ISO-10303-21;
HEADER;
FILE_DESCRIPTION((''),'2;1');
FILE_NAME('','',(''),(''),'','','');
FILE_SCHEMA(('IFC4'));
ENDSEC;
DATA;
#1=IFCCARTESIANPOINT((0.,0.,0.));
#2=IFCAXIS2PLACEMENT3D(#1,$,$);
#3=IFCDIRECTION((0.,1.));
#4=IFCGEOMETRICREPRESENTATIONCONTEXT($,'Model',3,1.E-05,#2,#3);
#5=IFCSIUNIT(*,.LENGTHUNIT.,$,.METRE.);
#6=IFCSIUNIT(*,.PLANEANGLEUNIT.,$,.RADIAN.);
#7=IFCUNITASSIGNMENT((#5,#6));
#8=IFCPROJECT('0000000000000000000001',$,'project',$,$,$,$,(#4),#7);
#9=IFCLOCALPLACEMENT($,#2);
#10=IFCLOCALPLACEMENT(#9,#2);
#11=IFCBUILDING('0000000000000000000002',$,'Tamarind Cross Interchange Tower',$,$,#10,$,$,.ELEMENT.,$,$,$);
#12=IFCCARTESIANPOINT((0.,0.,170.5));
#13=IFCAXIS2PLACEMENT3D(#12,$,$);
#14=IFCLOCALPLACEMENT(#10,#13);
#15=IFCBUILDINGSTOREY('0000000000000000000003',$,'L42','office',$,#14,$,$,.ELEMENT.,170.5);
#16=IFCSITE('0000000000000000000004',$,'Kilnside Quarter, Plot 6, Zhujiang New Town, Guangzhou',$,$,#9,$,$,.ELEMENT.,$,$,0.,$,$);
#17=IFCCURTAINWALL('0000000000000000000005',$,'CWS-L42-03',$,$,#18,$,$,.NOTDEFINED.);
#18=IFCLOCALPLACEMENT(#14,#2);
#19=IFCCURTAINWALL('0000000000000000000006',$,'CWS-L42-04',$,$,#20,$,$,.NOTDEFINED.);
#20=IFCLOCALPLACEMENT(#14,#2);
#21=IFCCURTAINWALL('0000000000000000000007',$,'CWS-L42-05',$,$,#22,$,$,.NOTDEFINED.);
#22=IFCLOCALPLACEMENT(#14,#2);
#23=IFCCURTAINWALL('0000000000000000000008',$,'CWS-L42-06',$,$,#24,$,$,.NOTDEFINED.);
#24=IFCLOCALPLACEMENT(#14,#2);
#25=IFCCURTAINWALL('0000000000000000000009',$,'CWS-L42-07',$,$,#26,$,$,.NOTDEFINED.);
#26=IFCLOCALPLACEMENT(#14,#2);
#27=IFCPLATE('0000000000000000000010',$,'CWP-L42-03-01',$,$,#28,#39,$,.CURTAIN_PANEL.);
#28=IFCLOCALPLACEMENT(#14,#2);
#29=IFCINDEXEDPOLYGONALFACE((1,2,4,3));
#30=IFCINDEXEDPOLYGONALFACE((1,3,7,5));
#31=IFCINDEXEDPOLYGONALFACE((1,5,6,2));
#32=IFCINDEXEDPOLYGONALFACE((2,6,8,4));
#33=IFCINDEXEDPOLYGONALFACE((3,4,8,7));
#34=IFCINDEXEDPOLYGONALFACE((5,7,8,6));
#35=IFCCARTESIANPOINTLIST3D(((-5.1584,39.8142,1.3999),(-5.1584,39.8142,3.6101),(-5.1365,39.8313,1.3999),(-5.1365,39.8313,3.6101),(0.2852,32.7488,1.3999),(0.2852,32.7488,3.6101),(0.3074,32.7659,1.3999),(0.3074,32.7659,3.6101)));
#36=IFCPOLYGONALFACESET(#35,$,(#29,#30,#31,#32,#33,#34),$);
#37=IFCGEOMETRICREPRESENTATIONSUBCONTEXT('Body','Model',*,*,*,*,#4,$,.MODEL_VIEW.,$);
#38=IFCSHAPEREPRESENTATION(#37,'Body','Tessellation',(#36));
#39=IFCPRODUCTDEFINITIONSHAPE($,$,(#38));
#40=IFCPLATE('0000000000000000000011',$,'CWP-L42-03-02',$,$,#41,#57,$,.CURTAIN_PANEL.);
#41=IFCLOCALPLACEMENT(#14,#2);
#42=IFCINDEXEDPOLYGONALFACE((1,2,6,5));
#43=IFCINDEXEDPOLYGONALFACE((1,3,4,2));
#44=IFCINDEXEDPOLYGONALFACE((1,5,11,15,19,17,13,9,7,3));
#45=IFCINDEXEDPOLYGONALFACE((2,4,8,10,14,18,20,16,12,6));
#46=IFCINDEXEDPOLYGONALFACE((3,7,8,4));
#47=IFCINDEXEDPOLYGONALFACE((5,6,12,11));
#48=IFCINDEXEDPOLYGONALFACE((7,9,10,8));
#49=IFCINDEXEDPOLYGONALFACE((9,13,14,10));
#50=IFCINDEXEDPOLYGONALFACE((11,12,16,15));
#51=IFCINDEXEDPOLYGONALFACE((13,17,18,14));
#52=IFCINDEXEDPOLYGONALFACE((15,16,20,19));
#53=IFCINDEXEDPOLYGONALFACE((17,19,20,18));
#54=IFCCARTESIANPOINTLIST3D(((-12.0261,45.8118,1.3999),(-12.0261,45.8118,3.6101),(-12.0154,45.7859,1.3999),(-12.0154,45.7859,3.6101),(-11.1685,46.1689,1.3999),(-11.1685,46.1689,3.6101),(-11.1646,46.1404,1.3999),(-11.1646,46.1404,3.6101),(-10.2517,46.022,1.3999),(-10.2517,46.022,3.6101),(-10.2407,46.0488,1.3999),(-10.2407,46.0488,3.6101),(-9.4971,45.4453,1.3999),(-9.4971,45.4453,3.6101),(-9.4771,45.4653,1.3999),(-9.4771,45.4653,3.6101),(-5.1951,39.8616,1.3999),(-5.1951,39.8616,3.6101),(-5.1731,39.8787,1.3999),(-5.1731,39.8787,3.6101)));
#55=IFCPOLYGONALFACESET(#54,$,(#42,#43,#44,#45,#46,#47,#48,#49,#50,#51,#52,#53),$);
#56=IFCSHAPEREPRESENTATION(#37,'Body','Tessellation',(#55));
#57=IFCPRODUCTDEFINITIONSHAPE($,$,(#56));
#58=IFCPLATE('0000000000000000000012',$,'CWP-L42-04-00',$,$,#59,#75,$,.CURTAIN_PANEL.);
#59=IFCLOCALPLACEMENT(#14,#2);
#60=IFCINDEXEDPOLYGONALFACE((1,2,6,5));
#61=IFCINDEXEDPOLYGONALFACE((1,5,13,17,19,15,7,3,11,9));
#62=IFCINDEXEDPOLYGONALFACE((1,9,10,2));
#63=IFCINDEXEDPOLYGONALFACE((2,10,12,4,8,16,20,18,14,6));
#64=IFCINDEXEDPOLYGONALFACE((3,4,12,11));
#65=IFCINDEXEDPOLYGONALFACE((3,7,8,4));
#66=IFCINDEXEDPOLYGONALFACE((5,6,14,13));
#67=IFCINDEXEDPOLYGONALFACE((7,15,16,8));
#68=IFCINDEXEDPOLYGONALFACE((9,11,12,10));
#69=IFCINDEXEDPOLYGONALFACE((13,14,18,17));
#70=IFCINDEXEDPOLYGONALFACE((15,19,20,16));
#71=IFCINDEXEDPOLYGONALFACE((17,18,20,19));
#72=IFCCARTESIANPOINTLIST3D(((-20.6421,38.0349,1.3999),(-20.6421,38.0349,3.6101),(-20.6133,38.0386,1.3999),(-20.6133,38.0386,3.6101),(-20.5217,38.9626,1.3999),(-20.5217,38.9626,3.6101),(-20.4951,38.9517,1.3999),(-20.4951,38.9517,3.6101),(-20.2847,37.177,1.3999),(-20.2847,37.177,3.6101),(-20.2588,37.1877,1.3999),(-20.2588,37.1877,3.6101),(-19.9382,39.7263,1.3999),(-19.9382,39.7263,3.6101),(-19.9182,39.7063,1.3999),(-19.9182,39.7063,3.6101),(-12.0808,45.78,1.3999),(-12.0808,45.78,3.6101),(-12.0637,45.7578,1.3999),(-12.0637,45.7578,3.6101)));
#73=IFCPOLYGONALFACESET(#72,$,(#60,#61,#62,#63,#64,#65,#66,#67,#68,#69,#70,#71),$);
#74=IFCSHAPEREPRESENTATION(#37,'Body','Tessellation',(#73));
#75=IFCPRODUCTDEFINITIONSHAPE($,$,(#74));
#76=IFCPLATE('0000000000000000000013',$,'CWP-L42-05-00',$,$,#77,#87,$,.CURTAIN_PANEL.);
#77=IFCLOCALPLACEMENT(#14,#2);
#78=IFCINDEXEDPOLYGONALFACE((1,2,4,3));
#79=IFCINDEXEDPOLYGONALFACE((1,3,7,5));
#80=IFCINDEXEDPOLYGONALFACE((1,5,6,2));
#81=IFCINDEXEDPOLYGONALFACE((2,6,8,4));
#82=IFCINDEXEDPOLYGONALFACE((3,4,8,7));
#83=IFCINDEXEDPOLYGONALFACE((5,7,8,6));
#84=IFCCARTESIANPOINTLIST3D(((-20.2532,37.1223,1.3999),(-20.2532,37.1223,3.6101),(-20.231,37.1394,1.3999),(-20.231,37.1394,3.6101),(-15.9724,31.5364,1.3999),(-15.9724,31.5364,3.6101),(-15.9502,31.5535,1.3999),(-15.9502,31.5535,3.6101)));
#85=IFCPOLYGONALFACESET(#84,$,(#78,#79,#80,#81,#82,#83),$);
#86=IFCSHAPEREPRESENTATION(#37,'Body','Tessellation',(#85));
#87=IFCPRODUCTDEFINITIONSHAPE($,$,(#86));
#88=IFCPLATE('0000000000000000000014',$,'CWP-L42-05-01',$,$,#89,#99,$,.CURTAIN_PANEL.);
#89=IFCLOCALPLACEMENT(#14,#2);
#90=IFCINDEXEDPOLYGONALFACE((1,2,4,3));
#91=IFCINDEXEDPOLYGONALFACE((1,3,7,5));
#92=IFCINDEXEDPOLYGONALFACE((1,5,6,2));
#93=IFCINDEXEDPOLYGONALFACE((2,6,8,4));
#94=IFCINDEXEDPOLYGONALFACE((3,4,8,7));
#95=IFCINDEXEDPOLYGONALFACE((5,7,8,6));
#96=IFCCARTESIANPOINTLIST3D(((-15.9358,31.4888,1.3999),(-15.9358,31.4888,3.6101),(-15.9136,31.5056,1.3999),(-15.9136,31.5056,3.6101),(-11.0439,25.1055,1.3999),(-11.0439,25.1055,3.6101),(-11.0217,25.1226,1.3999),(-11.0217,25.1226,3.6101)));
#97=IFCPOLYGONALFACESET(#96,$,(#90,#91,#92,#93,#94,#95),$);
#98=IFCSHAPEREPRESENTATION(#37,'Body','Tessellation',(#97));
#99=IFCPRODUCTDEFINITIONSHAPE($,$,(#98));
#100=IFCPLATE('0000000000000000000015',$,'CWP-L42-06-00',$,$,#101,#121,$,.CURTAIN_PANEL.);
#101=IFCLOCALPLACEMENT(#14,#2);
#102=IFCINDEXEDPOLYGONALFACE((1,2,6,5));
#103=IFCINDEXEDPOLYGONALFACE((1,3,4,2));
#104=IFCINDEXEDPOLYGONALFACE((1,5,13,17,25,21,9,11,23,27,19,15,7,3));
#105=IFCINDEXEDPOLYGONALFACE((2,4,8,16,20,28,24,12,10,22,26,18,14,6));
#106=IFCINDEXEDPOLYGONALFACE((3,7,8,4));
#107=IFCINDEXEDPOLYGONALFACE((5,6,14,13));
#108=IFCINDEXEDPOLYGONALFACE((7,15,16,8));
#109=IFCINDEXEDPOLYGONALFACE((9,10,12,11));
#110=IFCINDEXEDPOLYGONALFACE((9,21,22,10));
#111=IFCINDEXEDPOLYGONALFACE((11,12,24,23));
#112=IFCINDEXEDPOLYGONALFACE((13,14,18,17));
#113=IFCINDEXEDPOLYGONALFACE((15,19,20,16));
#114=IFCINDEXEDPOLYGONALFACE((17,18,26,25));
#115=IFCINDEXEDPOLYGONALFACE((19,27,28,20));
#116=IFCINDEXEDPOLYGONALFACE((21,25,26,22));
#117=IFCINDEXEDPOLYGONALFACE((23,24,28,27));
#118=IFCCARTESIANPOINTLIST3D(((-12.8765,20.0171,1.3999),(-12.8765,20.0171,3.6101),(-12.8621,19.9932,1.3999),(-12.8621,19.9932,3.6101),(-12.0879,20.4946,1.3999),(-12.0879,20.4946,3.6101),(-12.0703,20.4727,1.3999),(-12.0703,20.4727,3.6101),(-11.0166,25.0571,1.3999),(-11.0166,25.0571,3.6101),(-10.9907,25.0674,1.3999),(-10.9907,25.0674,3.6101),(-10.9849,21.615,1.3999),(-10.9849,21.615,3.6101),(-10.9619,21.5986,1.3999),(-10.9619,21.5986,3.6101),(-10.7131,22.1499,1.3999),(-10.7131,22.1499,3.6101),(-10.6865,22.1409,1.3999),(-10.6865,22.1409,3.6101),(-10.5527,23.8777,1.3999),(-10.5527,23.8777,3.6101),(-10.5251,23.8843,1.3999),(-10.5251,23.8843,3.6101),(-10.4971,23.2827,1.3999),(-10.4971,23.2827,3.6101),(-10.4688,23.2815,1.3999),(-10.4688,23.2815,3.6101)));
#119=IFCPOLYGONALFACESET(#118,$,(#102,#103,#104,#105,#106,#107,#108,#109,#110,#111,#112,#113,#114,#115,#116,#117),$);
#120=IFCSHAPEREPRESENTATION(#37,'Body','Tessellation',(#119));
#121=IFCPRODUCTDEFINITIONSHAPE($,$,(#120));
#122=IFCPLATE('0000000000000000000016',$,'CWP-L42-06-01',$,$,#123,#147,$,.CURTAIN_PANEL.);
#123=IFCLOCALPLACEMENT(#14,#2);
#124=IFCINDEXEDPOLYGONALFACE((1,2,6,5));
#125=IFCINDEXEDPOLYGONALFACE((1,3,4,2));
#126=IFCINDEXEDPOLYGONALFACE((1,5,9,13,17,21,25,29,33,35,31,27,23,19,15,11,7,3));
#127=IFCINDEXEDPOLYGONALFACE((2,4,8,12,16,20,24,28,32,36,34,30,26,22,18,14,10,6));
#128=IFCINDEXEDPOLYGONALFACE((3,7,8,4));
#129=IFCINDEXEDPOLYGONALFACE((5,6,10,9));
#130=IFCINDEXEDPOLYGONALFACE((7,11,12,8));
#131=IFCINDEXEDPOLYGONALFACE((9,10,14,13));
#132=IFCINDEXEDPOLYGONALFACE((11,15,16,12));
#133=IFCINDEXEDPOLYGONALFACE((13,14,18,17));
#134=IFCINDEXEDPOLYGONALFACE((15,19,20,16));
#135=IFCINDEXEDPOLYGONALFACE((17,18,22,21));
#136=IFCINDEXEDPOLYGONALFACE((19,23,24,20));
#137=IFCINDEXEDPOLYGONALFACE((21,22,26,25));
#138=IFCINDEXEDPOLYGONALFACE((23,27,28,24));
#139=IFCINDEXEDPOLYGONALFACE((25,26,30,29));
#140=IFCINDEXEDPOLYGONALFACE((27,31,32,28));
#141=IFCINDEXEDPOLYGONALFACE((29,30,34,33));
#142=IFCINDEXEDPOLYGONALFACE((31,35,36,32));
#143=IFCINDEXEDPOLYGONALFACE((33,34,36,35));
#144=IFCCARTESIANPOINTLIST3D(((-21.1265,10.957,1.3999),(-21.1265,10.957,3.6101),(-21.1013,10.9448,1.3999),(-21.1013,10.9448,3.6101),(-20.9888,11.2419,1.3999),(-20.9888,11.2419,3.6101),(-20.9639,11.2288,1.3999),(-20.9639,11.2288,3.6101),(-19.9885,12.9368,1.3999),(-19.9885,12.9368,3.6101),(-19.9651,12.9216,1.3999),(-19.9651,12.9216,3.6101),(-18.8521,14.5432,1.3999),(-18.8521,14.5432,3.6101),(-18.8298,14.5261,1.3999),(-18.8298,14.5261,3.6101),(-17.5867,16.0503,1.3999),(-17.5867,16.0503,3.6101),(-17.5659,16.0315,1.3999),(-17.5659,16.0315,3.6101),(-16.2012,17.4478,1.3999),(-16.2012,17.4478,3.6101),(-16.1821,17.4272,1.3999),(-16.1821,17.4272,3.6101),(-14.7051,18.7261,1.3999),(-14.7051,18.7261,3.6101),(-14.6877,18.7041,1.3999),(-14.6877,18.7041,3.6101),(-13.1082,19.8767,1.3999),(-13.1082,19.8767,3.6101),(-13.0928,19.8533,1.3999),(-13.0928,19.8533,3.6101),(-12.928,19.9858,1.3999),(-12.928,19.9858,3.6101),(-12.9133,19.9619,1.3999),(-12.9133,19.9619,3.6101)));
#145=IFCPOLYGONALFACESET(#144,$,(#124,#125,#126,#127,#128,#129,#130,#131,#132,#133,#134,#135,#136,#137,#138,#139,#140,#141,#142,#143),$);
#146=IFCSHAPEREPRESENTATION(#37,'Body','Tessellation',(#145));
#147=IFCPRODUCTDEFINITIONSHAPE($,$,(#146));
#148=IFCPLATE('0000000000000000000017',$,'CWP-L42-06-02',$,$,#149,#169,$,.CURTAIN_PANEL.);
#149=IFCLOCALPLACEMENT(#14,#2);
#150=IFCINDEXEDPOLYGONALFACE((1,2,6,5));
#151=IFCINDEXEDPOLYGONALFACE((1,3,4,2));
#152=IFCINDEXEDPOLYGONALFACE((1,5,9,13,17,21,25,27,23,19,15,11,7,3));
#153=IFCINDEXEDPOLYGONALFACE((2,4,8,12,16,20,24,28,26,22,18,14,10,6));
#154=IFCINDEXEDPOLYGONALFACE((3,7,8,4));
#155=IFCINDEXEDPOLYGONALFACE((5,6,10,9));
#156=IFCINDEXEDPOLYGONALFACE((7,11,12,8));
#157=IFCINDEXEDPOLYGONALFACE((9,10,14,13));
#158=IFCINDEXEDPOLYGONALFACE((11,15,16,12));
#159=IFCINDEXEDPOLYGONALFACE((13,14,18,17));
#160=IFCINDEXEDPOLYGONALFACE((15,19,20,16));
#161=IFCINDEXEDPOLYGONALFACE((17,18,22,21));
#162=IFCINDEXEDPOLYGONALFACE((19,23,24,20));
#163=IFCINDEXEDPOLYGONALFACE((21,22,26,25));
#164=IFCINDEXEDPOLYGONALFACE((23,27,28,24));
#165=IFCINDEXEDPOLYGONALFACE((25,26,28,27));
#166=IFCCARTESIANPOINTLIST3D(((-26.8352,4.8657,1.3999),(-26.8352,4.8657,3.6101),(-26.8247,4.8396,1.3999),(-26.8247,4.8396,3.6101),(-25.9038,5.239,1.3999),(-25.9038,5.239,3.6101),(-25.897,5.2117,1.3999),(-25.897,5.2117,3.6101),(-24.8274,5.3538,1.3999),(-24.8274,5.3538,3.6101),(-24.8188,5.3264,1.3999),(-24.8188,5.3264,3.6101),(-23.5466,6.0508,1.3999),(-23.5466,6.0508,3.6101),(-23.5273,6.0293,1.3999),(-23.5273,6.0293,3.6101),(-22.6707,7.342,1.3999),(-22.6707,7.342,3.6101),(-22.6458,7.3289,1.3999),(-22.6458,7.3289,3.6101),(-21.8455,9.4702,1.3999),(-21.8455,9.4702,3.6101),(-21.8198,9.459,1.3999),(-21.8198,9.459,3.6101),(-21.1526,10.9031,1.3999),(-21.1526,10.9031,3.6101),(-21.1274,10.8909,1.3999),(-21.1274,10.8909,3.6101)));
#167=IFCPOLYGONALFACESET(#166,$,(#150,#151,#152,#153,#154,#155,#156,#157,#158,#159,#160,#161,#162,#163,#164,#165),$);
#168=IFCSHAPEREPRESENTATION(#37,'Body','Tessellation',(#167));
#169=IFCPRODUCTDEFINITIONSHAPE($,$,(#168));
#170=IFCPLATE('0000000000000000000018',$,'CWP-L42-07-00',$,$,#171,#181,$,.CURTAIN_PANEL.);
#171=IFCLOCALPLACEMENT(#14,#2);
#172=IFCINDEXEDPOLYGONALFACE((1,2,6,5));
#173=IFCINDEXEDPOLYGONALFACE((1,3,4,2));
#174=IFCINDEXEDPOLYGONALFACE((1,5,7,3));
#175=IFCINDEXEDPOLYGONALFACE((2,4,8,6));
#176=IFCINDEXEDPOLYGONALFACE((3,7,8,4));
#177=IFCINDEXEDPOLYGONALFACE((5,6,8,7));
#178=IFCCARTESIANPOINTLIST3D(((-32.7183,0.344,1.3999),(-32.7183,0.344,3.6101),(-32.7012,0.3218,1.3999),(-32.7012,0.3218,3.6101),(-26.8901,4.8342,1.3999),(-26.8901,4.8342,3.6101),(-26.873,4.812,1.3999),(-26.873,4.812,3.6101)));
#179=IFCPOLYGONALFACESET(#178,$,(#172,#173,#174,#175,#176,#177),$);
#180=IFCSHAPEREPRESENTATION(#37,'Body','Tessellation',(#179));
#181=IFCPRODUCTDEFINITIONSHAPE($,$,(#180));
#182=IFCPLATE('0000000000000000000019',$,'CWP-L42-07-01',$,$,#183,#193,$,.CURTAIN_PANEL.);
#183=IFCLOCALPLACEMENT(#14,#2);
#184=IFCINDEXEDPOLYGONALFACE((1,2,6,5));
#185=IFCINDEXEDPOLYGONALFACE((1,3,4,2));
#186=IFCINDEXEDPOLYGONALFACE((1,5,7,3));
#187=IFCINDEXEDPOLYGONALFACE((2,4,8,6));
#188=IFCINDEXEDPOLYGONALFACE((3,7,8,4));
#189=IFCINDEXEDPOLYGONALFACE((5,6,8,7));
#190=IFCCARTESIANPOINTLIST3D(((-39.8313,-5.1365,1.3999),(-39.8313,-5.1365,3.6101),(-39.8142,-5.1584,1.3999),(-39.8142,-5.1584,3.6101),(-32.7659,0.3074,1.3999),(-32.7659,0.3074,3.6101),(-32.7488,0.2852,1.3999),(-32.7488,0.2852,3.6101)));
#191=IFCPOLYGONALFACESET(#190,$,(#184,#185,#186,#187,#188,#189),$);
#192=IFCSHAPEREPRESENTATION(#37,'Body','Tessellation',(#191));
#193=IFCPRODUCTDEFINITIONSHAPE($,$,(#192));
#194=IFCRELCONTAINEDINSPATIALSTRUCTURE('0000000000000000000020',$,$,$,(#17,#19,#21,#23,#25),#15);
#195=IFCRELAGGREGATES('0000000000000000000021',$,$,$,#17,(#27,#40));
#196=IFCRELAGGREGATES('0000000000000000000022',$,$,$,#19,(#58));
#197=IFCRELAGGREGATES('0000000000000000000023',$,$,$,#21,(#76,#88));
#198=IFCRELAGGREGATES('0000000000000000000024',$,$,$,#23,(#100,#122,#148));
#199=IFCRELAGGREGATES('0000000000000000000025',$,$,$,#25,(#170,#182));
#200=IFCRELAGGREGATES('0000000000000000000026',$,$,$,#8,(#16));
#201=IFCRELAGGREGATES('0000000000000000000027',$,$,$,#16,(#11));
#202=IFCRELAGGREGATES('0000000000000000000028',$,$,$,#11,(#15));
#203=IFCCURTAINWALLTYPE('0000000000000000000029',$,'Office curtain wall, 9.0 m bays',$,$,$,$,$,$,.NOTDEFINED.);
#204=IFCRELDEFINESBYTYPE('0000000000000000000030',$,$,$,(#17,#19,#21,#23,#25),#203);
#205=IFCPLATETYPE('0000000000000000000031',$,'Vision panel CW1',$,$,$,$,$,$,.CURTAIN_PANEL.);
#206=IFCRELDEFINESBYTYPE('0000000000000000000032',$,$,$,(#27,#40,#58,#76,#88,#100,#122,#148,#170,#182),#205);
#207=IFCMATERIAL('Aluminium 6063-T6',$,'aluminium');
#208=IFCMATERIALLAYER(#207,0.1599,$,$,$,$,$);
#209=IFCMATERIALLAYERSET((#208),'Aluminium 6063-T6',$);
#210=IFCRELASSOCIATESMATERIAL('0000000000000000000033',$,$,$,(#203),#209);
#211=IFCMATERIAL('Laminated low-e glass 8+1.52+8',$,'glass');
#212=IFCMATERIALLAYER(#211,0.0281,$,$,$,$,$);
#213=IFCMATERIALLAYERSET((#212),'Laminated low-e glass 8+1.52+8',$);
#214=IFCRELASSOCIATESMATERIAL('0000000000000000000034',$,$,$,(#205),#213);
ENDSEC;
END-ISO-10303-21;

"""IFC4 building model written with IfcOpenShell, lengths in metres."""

from ifc_helpers import new_model, si_unit, direction, frame, origin, place, context, subcontext, project, spatial, polyline, outline, extrude, material, layer, layer_set, type_object, element, aggregate, save


model = new_model("IFC4")

# Units and contexts
model_context = context("Model", 3, precision=1e-05, world=origin(), true_north=direction((0.0, 1.0)))
body_context = subcontext(model_context, "Body", "Model", "MODEL_VIEW")
ifc_project = project(units=[si_unit("LENGTHUNIT", "METRE"), si_unit("PLANEANGLEUNIT", "RADIAN")], contexts=[model_context])

# Site, building, storey
site_placement = place(None, origin())
site = spatial("IfcSite", under=ifc_project, at=site_placement, Name="Kilnside Quarter, Plot 6, Zhujiang New Town, Guangzhou", CompositionType="ELEMENT", RefElevation=0.0)
building_placement = place(site_placement, origin())
building = spatial("IfcBuilding", under=site, at=building_placement, Name="Tamarind Cross Interchange Tower", CompositionType="ELEMENT")
storey_placement = place(building_placement, frame((0.0, 0.0, 170.5)))
storey = spatial("IfcBuildingStorey", under=building, at=storey_placement, Name="L42", Description="office", CompositionType="ELEMENT", Elevation=170.5)

# Curtain walls
ifc_material_1 = material(Name="Aluminium 6063-T6", Category="aluminium")
ifc_layer_1 = layer(ifc_material_1, 0.1599)
ifc_layer_set_1 = layer_set([ifc_layer_1], Name="Aluminium 6063-T6")
curtain_wall_type = type_object("IfcCurtainWallType", Name="Office curtain wall, 9.0 m bays", PredefinedType="NOTDEFINED", material=ifc_layer_set_1)
curtain_wall_1_placement = place(storey_placement, origin())
curtain_wall_1 = element("IfcCurtainWall", 1, at=curtain_wall_1_placement, inside=storey, type_object=curtain_wall_type, Name="CWS-L42-03", PredefinedType="NOTDEFINED")
curtain_wall_2_placement = place(storey_placement, origin())
curtain_wall_2 = element("IfcCurtainWall", 2, at=curtain_wall_2_placement, inside=storey, type_object=curtain_wall_type, Name="CWS-L42-04", PredefinedType="NOTDEFINED")
curtain_wall_3_placement = place(storey_placement, origin())
curtain_wall_3 = element("IfcCurtainWall", 3, at=curtain_wall_3_placement, inside=storey, type_object=curtain_wall_type, Name="CWS-L42-05", PredefinedType="NOTDEFINED")
curtain_wall_4_placement = place(storey_placement, origin())
curtain_wall_4 = element("IfcCurtainWall", 4, at=curtain_wall_4_placement, inside=storey, type_object=curtain_wall_type, Name="CWS-L42-06", PredefinedType="NOTDEFINED")
curtain_wall_5_placement = place(storey_placement, origin())
curtain_wall_5 = element("IfcCurtainWall", 5, at=curtain_wall_5_placement, inside=storey, type_object=curtain_wall_type, Name="CWS-L42-07", PredefinedType="NOTDEFINED")

# Plates
ifc_material_2 = material(Name="Laminated low-e glass 8+1.52+8", Category="glass")
ifc_layer_2 = layer(ifc_material_2, 0.0281)
ifc_layer_set_2 = layer_set([ifc_layer_2], Name="Laminated low-e glass 8+1.52+8")
plate_type = type_object("IfcPlateType", Name="Vision panel CW1", PredefinedType="CURTAIN_PANEL", material=ifc_layer_set_2)
plate_1_placement = place(storey_placement, frame((0.0, 0.0, 1.3999)))
plate_1 = element("IfcPlate", 6, at=plate_1_placement, type_object=plate_type, Name="CWP-L42-03-01", PredefinedType="CURTAIN_PANEL", context=body_context, shape_type="SweptSolid", body=[
    extrude(outline(polyline([(0.2852, 32.7488), (-5.1584, 39.8142), (-5.1365, 39.8313), (0.3074, 32.7659), (0.2852, 32.7488)])), origin(), (0.0, 0.0, 1.0), 2.2102),
])
plate_2_placement = place(storey_placement, frame((0.0, 0.0, 1.3999)))
plate_2 = element("IfcPlate", 7, at=plate_2_placement, type_object=plate_type, Name="CWP-L42-03-02", PredefinedType="CURTAIN_PANEL", context=body_context, shape_type="SweptSolid", body=[
    extrude(outline(polyline([(-5.1951, 39.8616), (-9.4971, 45.4453), (-10.2517, 46.022), (-11.1646, 46.1404), (-12.0154, 45.7859), (-12.0261, 45.8118), (-11.1685, 46.1689), (-10.2407, 46.0488), (-9.4771, 45.4653), (-5.1731, 39.8787), (-5.1951, 39.8616)])), origin(), (0.0, 0.0, 1.0), 2.2102),
])
aggregate(curtain_wall_1, [plate_1, plate_2])
plate_3_placement = place(storey_placement, frame((0.0, 0.0, 1.3999)))
plate_3 = element("IfcPlate", 8, at=plate_3_placement, type_object=plate_type, Name="CWP-L42-04-00", PredefinedType="CURTAIN_PANEL", context=body_context, shape_type="SweptSolid", body=[
    extrude(outline(polyline([(-12.0637, 45.7578), (-19.9182, 39.7063), (-20.4951, 38.9517), (-20.6133, 38.0386), (-20.2588, 37.1877), (-20.2847, 37.177), (-20.6421, 38.0349), (-20.5217, 38.9626), (-19.9382, 39.7263), (-12.0808, 45.78), (-12.0637, 45.7578)])), origin(), (0.0, 0.0, 1.0), 2.2102),
])
aggregate(curtain_wall_2, [plate_3])
plate_4_placement = place(storey_placement, frame((0.0, 0.0, 1.3999)))
plate_4 = element("IfcPlate", 9, at=plate_4_placement, type_object=plate_type, Name="CWP-L42-05-00", PredefinedType="CURTAIN_PANEL", context=body_context, shape_type="SweptSolid", body=[
    extrude(outline(polyline([(-20.231, 37.1394), (-15.9502, 31.5535), (-15.9724, 31.5364), (-20.2532, 37.1223), (-20.231, 37.1394)])), origin(), (0.0, 0.0, 1.0), 2.2102),
])
plate_5_placement = place(storey_placement, frame((0.0, 0.0, 1.3999)))
plate_5 = element("IfcPlate", 10, at=plate_5_placement, type_object=plate_type, Name="CWP-L42-05-01", PredefinedType="CURTAIN_PANEL", context=body_context, shape_type="SweptSolid", body=[
    extrude(outline(polyline([(-15.9136, 31.5056), (-11.0217, 25.1226), (-11.0439, 25.1055), (-15.9358, 31.4888), (-15.9136, 31.5056)])), origin(), (0.0, 0.0, 1.0), 2.2102),
])
aggregate(curtain_wall_3, [plate_4, plate_5])
plate_6_placement = place(storey_placement, frame((0.0, 0.0, 1.3999)))
plate_6 = element("IfcPlate", 11, at=plate_6_placement, type_object=plate_type, Name="CWP-L42-06-00", PredefinedType="CURTAIN_PANEL", context=body_context, shape_type="SweptSolid", body=[
    extrude(outline(polyline([(-10.9907, 25.0674), (-10.5251, 23.8843), (-10.4688, 23.2815), (-10.6865, 22.1409), (-10.9619, 21.5986), (-12.0703, 20.4727), (-12.8621, 19.9932), (-12.8765, 20.0171), (-12.0879, 20.4946), (-10.9849, 21.615), (-10.7131, 22.1499), (-10.4971, 23.2827), (-10.5527, 23.8777), (-11.0166, 25.0571), (-10.9907, 25.0674)])), origin(), (0.0, 0.0, 1.0), 2.2102),
])
plate_7_placement = place(storey_placement, frame((0.0, 0.0, 1.3999)))
plate_7 = element("IfcPlate", 12, at=plate_7_placement, type_object=plate_type, Name="CWP-L42-06-01", PredefinedType="CURTAIN_PANEL", context=body_context, shape_type="SweptSolid", body=[
    extrude(outline(polyline([(-12.9133, 19.9619), (-13.0928, 19.8533), (-14.6877, 18.7041), (-16.1821, 17.4272), (-17.5659, 16.0315), (-18.8298, 14.5261), (-19.9651, 12.9216), (-20.9639, 11.2288), (-21.1013, 10.9448), (-21.1265, 10.957), (-20.9888, 11.2419), (-19.9885, 12.9368), (-18.8521, 14.5432), (-17.5867, 16.0503), (-16.2012, 17.4478), (-14.7051, 18.7261), (-13.1082, 19.8767), (-12.928, 19.9858), (-12.9133, 19.9619)])), origin(), (0.0, 0.0, 1.0), 2.2102),
])
plate_8_placement = place(storey_placement, frame((0.0, 0.0, 1.3999)))
plate_8 = element("IfcPlate", 13, at=plate_8_placement, type_object=plate_type, Name="CWP-L42-06-02", PredefinedType="CURTAIN_PANEL", context=body_context, shape_type="SweptSolid", body=[
    extrude(outline(polyline([(-21.1274, 10.8909), (-21.8198, 9.459), (-22.6458, 7.3289), (-23.5273, 6.0293), (-24.8188, 5.3264), (-25.897, 5.2117), (-26.8247, 4.8396), (-26.8352, 4.8657), (-25.9038, 5.239), (-24.8274, 5.3538), (-23.5466, 6.0508), (-22.6707, 7.342), (-21.8455, 9.4702), (-21.1526, 10.9031), (-21.1274, 10.8909)])), origin(), (0.0, 0.0, 1.0), 2.2102),
])
aggregate(curtain_wall_4, [plate_6, plate_7, plate_8])
plate_9_placement = place(storey_placement, frame((0.0, 0.0, 1.3999)))
plate_9 = element("IfcPlate", 14, at=plate_9_placement, type_object=plate_type, Name="CWP-L42-07-00", PredefinedType="CURTAIN_PANEL", context=body_context, shape_type="SweptSolid", body=[
    extrude(outline(polyline([(-26.873, 4.812), (-32.7012, 0.3218), (-32.7183, 0.344), (-26.8901, 4.8342), (-26.873, 4.812)])), origin(), (0.0, 0.0, 1.0), 2.2102),
])
plate_10_placement = place(storey_placement, frame((0.0, 0.0, 1.3999)))
plate_10 = element("IfcPlate", 15, at=plate_10_placement, type_object=plate_type, Name="CWP-L42-07-01", PredefinedType="CURTAIN_PANEL", context=body_context, shape_type="SweptSolid", body=[
    extrude(outline(polyline([(-32.7488, 0.2852), (-39.8142, -5.1584), (-39.8313, -5.1365), (-32.7659, 0.3074), (-32.7488, 0.2852)])), origin(), (0.0, 0.0, 1.0), 2.2102),
])
aggregate(curtain_wall_5, [plate_9, plate_10])

save(model, "model.ifc")
